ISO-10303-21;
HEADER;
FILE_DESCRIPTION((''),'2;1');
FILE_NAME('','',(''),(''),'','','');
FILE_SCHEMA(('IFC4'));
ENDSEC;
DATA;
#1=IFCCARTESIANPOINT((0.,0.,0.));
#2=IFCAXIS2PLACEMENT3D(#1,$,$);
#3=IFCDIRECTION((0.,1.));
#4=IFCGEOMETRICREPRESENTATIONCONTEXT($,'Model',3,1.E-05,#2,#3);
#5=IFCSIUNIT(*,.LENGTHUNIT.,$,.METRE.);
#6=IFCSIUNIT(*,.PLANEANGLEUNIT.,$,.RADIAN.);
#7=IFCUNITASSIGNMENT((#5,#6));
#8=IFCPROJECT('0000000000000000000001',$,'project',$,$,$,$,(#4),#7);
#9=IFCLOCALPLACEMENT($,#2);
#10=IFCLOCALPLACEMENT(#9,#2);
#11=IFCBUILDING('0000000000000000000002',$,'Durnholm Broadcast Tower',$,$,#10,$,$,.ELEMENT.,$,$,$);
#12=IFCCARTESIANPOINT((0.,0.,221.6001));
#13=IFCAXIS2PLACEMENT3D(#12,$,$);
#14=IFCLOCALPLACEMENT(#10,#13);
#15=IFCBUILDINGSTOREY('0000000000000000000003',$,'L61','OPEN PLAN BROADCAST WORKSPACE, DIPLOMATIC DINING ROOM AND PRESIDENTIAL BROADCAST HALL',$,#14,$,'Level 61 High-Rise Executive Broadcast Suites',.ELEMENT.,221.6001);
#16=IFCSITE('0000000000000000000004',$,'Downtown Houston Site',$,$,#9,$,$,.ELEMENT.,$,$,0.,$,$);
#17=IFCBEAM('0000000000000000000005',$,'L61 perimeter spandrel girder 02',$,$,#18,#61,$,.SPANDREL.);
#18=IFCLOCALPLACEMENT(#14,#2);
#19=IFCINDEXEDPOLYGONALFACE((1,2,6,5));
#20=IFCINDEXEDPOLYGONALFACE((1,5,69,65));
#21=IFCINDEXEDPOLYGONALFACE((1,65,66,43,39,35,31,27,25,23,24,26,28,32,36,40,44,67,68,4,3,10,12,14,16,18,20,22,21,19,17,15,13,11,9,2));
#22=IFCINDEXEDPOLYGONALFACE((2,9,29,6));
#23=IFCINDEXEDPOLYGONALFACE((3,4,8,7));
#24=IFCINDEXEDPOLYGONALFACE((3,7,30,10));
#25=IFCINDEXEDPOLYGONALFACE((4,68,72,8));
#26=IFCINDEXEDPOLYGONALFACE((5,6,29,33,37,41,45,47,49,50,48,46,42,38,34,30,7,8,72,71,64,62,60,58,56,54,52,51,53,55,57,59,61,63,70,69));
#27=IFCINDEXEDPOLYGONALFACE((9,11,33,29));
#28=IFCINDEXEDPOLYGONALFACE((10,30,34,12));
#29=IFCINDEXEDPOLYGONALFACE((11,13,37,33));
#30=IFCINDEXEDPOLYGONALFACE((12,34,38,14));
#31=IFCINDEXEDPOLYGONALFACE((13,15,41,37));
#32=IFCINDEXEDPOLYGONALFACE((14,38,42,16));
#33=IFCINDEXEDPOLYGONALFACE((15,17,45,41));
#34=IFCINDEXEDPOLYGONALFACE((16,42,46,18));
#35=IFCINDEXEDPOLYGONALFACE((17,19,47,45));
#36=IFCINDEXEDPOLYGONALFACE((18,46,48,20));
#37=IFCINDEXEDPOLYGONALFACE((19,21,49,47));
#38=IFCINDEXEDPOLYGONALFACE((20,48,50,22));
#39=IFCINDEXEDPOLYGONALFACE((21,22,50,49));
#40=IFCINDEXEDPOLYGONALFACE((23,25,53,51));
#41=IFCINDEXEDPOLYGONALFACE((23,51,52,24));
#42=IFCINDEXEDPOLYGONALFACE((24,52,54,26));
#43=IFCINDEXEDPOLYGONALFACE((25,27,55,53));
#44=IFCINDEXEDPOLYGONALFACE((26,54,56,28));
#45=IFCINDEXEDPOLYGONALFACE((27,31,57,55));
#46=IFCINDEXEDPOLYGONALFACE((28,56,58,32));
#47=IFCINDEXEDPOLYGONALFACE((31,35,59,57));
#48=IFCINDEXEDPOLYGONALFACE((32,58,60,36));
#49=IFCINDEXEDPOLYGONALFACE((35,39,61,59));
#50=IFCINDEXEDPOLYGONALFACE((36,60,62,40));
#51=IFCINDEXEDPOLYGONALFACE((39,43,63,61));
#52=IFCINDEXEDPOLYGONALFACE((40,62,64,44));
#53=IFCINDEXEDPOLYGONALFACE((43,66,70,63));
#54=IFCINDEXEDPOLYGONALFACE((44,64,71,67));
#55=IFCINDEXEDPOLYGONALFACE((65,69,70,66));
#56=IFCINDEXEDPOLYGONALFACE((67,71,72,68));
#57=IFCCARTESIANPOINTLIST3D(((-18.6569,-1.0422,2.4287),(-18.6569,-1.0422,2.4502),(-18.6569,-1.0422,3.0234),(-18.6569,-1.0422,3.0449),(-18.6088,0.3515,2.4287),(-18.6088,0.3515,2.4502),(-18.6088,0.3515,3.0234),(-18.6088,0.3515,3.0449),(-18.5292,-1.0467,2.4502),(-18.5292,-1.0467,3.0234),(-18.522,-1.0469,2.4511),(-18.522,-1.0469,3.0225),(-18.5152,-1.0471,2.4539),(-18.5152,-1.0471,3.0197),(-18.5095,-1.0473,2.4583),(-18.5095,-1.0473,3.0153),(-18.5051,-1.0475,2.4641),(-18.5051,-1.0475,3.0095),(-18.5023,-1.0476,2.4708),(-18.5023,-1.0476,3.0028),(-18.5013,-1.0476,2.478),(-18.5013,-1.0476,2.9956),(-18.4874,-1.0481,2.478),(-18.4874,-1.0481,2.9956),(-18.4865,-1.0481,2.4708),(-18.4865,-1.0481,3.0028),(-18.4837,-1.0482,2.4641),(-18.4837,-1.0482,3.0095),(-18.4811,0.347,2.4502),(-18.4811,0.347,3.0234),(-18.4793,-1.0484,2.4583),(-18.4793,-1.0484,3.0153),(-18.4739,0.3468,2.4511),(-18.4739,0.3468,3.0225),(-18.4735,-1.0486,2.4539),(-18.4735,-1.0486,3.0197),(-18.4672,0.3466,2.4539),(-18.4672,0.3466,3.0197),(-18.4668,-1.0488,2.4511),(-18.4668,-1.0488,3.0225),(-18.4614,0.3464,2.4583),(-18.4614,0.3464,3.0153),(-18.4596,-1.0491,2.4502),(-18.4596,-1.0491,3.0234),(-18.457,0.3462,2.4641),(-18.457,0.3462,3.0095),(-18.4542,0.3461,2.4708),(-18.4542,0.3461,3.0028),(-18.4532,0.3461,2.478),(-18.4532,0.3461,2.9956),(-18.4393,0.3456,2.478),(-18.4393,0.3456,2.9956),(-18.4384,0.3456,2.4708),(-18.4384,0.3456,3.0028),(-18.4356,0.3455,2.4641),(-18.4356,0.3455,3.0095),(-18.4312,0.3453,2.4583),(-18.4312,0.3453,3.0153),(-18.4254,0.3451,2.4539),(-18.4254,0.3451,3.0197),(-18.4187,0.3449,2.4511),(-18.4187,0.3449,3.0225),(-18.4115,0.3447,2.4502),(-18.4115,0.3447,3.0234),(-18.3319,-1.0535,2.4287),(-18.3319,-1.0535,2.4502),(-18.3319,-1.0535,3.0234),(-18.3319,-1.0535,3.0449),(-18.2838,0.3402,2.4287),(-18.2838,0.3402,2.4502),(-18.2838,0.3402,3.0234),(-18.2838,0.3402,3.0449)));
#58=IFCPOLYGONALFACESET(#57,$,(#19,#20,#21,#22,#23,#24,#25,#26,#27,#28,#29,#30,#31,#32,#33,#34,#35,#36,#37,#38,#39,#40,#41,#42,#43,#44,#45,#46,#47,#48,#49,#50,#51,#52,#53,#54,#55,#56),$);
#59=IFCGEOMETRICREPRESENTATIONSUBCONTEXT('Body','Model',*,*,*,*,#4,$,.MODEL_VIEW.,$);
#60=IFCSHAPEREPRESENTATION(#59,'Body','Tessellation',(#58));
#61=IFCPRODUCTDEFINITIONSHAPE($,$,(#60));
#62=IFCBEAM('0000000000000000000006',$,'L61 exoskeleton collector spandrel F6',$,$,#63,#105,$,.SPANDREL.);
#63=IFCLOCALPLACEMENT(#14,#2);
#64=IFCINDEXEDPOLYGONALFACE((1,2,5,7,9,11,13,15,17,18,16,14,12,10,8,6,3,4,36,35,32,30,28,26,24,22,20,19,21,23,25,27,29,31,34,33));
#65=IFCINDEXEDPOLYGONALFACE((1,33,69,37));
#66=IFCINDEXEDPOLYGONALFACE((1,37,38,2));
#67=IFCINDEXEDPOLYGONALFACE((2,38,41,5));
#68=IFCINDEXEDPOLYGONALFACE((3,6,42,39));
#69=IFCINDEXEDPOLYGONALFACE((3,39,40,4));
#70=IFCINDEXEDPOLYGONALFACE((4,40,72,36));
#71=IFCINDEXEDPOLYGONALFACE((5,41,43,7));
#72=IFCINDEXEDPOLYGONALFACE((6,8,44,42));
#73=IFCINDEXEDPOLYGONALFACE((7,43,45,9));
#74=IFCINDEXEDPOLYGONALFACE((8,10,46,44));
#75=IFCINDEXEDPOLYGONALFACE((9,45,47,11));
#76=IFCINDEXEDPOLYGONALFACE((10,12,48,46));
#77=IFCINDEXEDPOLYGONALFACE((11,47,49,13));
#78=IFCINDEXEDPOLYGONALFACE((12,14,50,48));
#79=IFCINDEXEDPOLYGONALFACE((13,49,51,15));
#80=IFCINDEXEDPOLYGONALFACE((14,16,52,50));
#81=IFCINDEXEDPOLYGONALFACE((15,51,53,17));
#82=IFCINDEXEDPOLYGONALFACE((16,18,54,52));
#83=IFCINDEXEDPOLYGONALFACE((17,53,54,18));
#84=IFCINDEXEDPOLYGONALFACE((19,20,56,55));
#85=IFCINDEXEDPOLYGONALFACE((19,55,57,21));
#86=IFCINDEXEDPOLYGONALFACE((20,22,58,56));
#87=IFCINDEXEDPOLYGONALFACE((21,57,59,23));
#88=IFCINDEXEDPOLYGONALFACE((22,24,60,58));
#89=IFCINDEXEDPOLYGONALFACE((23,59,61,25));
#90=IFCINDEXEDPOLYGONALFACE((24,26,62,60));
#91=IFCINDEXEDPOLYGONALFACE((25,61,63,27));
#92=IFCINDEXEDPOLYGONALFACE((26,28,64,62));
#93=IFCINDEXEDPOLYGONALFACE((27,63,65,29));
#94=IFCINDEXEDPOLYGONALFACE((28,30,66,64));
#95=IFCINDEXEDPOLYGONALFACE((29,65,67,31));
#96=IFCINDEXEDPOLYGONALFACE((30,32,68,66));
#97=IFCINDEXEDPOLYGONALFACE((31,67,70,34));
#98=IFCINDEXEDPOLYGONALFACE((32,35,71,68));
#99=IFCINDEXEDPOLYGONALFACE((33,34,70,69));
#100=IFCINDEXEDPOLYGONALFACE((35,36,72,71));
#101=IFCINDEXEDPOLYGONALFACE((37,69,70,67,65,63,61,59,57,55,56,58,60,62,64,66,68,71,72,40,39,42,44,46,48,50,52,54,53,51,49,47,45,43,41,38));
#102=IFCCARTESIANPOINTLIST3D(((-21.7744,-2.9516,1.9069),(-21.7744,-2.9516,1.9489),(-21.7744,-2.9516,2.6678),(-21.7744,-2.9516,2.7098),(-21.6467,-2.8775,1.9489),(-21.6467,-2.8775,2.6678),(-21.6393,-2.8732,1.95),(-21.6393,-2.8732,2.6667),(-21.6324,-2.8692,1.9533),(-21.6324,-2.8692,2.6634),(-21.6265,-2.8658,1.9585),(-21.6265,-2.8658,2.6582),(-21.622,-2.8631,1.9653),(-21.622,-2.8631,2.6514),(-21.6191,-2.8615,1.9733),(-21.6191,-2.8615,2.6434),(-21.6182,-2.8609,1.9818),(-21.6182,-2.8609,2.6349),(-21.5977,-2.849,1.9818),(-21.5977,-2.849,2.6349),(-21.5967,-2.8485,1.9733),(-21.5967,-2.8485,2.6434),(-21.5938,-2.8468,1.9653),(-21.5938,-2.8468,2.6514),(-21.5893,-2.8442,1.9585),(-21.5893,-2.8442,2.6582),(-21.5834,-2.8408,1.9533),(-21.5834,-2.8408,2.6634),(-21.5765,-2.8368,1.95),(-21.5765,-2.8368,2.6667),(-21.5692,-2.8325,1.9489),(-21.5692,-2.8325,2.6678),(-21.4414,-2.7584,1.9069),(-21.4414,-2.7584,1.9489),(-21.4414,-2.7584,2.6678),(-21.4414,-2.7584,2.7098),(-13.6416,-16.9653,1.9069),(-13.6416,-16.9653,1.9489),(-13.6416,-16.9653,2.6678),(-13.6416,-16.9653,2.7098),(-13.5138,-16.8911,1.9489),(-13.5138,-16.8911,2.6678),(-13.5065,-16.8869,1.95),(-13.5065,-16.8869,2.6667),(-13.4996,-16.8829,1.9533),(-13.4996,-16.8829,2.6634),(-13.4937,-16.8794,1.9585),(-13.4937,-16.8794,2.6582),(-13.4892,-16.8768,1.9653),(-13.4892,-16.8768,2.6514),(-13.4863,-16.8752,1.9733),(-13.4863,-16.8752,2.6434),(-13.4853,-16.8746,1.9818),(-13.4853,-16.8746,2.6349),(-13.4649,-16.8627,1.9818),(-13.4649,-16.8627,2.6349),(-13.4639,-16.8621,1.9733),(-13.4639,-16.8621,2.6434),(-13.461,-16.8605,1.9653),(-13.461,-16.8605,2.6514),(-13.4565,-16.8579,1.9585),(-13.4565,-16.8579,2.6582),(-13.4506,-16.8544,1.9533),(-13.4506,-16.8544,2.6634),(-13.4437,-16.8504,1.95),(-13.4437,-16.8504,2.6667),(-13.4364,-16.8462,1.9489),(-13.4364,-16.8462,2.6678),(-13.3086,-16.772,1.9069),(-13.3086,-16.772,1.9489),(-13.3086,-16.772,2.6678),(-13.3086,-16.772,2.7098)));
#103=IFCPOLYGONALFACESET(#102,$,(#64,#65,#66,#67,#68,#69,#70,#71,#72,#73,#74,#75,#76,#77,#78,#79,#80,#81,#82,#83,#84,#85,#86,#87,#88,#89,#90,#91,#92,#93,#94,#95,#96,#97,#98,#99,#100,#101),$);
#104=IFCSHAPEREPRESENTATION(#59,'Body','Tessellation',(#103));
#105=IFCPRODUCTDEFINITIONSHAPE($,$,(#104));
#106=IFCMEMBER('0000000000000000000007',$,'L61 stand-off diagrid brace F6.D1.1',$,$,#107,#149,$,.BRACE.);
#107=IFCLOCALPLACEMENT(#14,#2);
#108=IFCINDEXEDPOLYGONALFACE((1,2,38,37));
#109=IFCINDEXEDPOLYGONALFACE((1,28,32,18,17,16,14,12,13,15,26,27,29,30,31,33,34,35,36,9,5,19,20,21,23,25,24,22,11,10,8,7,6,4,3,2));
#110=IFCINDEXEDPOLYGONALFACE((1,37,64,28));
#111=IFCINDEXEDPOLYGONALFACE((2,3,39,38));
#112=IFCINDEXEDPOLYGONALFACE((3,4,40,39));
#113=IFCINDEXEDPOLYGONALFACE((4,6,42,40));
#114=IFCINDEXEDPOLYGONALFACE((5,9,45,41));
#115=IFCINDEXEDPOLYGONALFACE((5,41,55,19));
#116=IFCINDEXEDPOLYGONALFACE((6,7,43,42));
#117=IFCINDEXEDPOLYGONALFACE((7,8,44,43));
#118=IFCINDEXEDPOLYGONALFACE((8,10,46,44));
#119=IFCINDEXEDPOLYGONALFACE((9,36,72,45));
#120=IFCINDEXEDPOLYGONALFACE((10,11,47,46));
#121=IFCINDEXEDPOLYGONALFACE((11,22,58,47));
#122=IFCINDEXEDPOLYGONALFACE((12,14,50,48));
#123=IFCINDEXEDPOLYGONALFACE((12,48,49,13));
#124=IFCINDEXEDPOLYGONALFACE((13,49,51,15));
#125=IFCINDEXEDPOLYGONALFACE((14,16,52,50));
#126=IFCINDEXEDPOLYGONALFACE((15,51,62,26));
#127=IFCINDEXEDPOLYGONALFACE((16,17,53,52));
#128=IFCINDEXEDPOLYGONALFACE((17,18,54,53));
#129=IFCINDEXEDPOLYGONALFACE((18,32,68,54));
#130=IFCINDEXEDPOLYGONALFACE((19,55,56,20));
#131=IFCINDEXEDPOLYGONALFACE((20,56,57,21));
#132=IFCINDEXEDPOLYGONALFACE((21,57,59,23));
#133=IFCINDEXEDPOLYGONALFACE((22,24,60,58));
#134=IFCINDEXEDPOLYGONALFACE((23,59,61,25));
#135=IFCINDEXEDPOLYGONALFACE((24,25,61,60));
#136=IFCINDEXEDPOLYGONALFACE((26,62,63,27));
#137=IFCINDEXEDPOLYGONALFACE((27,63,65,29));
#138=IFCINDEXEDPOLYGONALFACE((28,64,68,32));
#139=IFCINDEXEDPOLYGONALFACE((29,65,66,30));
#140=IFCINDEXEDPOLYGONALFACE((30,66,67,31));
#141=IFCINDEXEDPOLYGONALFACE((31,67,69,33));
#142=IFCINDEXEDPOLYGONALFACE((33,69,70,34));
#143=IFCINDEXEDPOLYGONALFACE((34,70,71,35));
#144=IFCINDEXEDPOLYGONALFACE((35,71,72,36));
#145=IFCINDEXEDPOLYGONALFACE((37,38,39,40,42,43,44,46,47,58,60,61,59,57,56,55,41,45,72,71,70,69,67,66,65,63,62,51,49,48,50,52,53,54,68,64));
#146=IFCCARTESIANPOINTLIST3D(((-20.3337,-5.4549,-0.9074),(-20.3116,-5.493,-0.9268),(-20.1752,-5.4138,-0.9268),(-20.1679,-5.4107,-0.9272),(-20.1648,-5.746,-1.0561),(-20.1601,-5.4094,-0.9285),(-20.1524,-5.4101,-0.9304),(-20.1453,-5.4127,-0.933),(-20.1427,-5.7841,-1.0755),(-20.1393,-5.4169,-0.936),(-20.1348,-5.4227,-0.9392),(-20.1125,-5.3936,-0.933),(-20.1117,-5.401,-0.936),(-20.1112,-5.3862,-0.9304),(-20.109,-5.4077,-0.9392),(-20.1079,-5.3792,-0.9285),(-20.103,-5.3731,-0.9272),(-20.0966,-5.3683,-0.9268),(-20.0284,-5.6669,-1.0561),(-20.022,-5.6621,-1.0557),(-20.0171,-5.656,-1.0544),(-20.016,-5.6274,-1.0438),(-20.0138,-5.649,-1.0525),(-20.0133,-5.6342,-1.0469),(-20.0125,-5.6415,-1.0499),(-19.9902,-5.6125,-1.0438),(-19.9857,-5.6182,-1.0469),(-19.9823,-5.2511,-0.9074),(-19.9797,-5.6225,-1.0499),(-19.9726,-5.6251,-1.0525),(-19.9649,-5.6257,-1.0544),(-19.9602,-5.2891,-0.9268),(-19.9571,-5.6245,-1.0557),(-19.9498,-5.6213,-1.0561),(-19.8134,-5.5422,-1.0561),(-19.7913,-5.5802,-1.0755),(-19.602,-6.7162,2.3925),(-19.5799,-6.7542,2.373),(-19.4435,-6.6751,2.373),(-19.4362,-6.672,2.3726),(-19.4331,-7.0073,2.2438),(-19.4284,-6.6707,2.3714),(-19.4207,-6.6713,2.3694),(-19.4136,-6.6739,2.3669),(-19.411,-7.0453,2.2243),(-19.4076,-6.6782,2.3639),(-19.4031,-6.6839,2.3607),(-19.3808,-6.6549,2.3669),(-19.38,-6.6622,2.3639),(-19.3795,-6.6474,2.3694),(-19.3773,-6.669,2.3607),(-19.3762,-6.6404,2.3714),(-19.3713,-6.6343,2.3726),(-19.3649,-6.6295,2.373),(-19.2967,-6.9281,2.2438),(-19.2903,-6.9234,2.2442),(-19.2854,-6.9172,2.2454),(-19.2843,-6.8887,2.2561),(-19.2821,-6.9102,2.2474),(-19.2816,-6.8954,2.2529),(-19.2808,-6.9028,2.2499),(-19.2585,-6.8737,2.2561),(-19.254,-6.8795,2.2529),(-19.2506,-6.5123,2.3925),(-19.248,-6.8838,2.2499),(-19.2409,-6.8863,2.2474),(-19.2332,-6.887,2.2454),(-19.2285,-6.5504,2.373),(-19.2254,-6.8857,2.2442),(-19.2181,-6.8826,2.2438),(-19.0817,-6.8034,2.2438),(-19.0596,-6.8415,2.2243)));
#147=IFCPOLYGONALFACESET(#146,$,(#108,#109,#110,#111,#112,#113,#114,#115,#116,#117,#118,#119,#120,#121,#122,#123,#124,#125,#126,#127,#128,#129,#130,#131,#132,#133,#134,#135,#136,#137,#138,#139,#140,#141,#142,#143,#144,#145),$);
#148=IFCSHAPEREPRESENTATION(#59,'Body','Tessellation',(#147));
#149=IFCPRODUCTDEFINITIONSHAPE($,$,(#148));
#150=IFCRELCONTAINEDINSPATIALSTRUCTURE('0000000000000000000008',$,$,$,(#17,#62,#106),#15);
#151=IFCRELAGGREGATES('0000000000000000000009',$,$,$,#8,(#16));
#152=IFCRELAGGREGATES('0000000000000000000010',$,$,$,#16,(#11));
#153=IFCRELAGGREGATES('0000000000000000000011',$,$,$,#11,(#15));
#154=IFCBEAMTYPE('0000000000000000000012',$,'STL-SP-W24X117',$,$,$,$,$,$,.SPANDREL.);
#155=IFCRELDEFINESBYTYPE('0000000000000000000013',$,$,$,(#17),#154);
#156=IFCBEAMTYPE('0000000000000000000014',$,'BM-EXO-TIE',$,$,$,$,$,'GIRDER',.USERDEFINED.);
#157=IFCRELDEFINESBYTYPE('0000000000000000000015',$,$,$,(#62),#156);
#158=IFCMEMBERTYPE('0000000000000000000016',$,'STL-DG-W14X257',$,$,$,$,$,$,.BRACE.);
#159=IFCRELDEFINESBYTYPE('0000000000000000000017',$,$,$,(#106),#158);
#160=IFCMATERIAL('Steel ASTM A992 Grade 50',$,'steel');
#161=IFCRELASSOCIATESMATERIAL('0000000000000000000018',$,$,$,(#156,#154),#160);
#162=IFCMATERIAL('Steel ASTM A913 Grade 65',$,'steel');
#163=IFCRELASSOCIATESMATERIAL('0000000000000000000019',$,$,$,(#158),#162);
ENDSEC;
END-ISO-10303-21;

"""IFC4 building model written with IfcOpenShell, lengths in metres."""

from ifc_helpers import new_model, si_unit, direction, frame, origin, origin_2d, place, context, subcontext, project, spatial, i_section, extrude, source, transform, mapped, material, material_profile, profile_set, type_object, type_shapes, element, save


model = new_model("IFC4")

# Units and contexts
model_context = context("Model", 3, precision=1e-05, world=origin(), true_north=direction((0.0, 1.0)))
body_context = subcontext(model_context, "Body", "Model", "MODEL_VIEW")
ifc_project = project(units=[si_unit("LENGTHUNIT", "METRE"), si_unit("PLANEANGLEUNIT", "RADIAN")], contexts=[model_context])

# Site, building, storey
site_placement = place(None, origin())
site = spatial("IfcSite", under=ifc_project, at=site_placement, Name="Downtown Houston Site", CompositionType="ELEMENT", RefElevation=0.0)
building_placement = place(site_placement, origin())
building = spatial("IfcBuilding", under=site, at=building_placement, Name="Durnholm Broadcast Tower", CompositionType="ELEMENT")
storey_placement = place(building_placement, frame((0.0, 0.0, 221.6001)))
storey = spatial("IfcBuildingStorey", under=building, at=storey_placement, Name="L61", Description="OPEN PLAN BROADCAST WORKSPACE, DIPLOMATIC DINING ROOM AND PRESIDENTIAL BROADCAST HALL", LongName="Level 61 High-Rise Executive Broadcast Suites", CompositionType="ELEMENT", Elevation=221.6001)

# Beams
ifc_material_1 = material(Name="Steel ASTM A992 Grade 50", Category="steel")
ifc_material_profile_1 = material_profile(ifc_material_1, i_section(OverallWidth=0.385, OverallDepth=0.803, WebThickness=0.0237, FlangeThickness=0.042, FilletRadius=0.033, at=origin_2d()), Name="W30X261")
ifc_profile_set_1 = profile_set([ifc_material_profile_1], Name="Steel ASTM A992 Grade 50")
beam_type_1 = type_object("IfcBeamType", Name="BM-EXO-TIE", ElementType="GIRDER", PredefinedType="USERDEFINED", material=ifc_profile_set_1)
ifc_material_profile_2 = material_profile(ifc_material_1, i_section(OverallWidth=0.3252, OverallDepth=0.6162, WebThickness=0.0139, FlangeThickness=0.0215, FilletRadius=0.0278, at=origin_2d()), Name="W24X117")
ifc_profile_set_2 = profile_set([ifc_material_profile_2], Name="Steel ASTM A992 Grade 50")
beam_type_2 = type_object("IfcBeamType", Name="STL-SP-W24X117", PredefinedType="SPANDREL", material=ifc_profile_set_2)
shared_shape_1 = source(origin(), body_context, "Body", "SweptSolid", [
    extrude(i_section(OverallWidth=0.3252, OverallDepth=0.6162, WebThickness=0.0139, FlangeThickness=0.0215, FilletRadius=0.0278, at=origin_2d()), origin(), (0.0, 0.0, 1.0), 1.3945),
])
beam_1_placement = place(storey_placement, frame((-18.4944, -1.0479, 2.7368), z_axis=(0.034486, 0.999405, 0.0), x_axis=(-0.999405, 0.034486, 0.0)))
element("IfcBeam", 1, at=beam_1_placement, inside=storey, type_object=beam_type_2, Name="L61 perimeter spandrel girder 02", PredefinedType="SPANDREL", context=body_context, shape_type="MappedRepresentation", body=[
    mapped(shared_shape_1, transform((0.0, 0.0, 0.0), x_axis=(1.0, 0.0, 0.0), y_axis=(0.0, 1.0, 0.0), z_axis=(0.0, 0.0, 1.0), scale=1.0)),
])
shared_shape_2 = source(origin(), body_context, "Body", "SweptSolid", [
    extrude(i_section(OverallWidth=0.385, OverallDepth=0.803, WebThickness=0.0237, FlangeThickness=0.042, FilletRadius=0.033, at=origin_2d()), origin(), (0.0, 0.0, 1.0), 16.2026),
])
beam_2_placement = place(storey_placement, frame((-21.6079, -2.855, 2.3083), z_axis=(0.501944, -0.8649, 0.0), x_axis=(0.8649, 0.501944, 0.0)))
element("IfcBeam", 2, at=beam_2_placement, inside=storey, type_object=beam_type_1, Name="L61 exoskeleton collector spandrel F6", PredefinedType="SPANDREL", context=body_context, shape_type="MappedRepresentation", body=[
    mapped(shared_shape_2, transform((0.0, 0.0, 0.0), x_axis=(1.0, 0.0, 0.0), y_axis=(0.0, 1.0, 0.0), z_axis=(0.0, 0.0, 1.0), scale=1.0)),
])

# Member
ifc_material_2 = material(Name="Steel ASTM A913 Grade 65", Category="steel")
ifc_material_profile_3 = material_profile(ifc_material_2, i_section(OverallWidth=0.4062, OverallDepth=0.416, WebThickness=0.0298, FlangeThickness=0.0481, FilletRadius=0.0305, at=origin_2d()), Name="W14X257")
ifc_profile_set_3 = profile_set([ifc_material_profile_3], Name="Steel ASTM A913 Grade 65")
member_type_1 = type_object("IfcMemberType", Name="STL-DG-W14X257", PredefinedType="BRACE", material=ifc_profile_set_3)
shared_shape_3 = source(origin(), body_context, "Body", "SweptSolid", [
    extrude(i_section(OverallWidth=0.4062, OverallDepth=0.416, WebThickness=0.0298, FlangeThickness=0.0481, FilletRadius=0.0305, at=origin_2d()), origin(), (0.0, 0.0, 1.0), 3.6077),
])
type_shapes(member_type_1, [shared_shape_3])
for number, where, z_axis, x_axis, name in (
    (3, (-20.0625, -5.5176, -0.9915), (0.202819, -0.349604, 0.914681), (0.864979, 0.501808, 0.0), "L61 stand-off diagrid brace F6.D1.1"),
):
    element("IfcMember", number, at=place(storey_placement, frame(where, z_axis=z_axis, x_axis=x_axis)), inside=storey, type_object=member_type_1, Name=name, PredefinedType="BRACE", context=body_context, shape_type="MappedRepresentation", body=[
        mapped(shared_shape_3, transform((0.0, 0.0, 0.0), x_axis=(1.0, 0.0, 0.0), y_axis=(0.0, 1.0, 0.0), z_axis=(0.0, 0.0, 1.0), scale=1.0)),
    ])

save(model, "model.ifc")
